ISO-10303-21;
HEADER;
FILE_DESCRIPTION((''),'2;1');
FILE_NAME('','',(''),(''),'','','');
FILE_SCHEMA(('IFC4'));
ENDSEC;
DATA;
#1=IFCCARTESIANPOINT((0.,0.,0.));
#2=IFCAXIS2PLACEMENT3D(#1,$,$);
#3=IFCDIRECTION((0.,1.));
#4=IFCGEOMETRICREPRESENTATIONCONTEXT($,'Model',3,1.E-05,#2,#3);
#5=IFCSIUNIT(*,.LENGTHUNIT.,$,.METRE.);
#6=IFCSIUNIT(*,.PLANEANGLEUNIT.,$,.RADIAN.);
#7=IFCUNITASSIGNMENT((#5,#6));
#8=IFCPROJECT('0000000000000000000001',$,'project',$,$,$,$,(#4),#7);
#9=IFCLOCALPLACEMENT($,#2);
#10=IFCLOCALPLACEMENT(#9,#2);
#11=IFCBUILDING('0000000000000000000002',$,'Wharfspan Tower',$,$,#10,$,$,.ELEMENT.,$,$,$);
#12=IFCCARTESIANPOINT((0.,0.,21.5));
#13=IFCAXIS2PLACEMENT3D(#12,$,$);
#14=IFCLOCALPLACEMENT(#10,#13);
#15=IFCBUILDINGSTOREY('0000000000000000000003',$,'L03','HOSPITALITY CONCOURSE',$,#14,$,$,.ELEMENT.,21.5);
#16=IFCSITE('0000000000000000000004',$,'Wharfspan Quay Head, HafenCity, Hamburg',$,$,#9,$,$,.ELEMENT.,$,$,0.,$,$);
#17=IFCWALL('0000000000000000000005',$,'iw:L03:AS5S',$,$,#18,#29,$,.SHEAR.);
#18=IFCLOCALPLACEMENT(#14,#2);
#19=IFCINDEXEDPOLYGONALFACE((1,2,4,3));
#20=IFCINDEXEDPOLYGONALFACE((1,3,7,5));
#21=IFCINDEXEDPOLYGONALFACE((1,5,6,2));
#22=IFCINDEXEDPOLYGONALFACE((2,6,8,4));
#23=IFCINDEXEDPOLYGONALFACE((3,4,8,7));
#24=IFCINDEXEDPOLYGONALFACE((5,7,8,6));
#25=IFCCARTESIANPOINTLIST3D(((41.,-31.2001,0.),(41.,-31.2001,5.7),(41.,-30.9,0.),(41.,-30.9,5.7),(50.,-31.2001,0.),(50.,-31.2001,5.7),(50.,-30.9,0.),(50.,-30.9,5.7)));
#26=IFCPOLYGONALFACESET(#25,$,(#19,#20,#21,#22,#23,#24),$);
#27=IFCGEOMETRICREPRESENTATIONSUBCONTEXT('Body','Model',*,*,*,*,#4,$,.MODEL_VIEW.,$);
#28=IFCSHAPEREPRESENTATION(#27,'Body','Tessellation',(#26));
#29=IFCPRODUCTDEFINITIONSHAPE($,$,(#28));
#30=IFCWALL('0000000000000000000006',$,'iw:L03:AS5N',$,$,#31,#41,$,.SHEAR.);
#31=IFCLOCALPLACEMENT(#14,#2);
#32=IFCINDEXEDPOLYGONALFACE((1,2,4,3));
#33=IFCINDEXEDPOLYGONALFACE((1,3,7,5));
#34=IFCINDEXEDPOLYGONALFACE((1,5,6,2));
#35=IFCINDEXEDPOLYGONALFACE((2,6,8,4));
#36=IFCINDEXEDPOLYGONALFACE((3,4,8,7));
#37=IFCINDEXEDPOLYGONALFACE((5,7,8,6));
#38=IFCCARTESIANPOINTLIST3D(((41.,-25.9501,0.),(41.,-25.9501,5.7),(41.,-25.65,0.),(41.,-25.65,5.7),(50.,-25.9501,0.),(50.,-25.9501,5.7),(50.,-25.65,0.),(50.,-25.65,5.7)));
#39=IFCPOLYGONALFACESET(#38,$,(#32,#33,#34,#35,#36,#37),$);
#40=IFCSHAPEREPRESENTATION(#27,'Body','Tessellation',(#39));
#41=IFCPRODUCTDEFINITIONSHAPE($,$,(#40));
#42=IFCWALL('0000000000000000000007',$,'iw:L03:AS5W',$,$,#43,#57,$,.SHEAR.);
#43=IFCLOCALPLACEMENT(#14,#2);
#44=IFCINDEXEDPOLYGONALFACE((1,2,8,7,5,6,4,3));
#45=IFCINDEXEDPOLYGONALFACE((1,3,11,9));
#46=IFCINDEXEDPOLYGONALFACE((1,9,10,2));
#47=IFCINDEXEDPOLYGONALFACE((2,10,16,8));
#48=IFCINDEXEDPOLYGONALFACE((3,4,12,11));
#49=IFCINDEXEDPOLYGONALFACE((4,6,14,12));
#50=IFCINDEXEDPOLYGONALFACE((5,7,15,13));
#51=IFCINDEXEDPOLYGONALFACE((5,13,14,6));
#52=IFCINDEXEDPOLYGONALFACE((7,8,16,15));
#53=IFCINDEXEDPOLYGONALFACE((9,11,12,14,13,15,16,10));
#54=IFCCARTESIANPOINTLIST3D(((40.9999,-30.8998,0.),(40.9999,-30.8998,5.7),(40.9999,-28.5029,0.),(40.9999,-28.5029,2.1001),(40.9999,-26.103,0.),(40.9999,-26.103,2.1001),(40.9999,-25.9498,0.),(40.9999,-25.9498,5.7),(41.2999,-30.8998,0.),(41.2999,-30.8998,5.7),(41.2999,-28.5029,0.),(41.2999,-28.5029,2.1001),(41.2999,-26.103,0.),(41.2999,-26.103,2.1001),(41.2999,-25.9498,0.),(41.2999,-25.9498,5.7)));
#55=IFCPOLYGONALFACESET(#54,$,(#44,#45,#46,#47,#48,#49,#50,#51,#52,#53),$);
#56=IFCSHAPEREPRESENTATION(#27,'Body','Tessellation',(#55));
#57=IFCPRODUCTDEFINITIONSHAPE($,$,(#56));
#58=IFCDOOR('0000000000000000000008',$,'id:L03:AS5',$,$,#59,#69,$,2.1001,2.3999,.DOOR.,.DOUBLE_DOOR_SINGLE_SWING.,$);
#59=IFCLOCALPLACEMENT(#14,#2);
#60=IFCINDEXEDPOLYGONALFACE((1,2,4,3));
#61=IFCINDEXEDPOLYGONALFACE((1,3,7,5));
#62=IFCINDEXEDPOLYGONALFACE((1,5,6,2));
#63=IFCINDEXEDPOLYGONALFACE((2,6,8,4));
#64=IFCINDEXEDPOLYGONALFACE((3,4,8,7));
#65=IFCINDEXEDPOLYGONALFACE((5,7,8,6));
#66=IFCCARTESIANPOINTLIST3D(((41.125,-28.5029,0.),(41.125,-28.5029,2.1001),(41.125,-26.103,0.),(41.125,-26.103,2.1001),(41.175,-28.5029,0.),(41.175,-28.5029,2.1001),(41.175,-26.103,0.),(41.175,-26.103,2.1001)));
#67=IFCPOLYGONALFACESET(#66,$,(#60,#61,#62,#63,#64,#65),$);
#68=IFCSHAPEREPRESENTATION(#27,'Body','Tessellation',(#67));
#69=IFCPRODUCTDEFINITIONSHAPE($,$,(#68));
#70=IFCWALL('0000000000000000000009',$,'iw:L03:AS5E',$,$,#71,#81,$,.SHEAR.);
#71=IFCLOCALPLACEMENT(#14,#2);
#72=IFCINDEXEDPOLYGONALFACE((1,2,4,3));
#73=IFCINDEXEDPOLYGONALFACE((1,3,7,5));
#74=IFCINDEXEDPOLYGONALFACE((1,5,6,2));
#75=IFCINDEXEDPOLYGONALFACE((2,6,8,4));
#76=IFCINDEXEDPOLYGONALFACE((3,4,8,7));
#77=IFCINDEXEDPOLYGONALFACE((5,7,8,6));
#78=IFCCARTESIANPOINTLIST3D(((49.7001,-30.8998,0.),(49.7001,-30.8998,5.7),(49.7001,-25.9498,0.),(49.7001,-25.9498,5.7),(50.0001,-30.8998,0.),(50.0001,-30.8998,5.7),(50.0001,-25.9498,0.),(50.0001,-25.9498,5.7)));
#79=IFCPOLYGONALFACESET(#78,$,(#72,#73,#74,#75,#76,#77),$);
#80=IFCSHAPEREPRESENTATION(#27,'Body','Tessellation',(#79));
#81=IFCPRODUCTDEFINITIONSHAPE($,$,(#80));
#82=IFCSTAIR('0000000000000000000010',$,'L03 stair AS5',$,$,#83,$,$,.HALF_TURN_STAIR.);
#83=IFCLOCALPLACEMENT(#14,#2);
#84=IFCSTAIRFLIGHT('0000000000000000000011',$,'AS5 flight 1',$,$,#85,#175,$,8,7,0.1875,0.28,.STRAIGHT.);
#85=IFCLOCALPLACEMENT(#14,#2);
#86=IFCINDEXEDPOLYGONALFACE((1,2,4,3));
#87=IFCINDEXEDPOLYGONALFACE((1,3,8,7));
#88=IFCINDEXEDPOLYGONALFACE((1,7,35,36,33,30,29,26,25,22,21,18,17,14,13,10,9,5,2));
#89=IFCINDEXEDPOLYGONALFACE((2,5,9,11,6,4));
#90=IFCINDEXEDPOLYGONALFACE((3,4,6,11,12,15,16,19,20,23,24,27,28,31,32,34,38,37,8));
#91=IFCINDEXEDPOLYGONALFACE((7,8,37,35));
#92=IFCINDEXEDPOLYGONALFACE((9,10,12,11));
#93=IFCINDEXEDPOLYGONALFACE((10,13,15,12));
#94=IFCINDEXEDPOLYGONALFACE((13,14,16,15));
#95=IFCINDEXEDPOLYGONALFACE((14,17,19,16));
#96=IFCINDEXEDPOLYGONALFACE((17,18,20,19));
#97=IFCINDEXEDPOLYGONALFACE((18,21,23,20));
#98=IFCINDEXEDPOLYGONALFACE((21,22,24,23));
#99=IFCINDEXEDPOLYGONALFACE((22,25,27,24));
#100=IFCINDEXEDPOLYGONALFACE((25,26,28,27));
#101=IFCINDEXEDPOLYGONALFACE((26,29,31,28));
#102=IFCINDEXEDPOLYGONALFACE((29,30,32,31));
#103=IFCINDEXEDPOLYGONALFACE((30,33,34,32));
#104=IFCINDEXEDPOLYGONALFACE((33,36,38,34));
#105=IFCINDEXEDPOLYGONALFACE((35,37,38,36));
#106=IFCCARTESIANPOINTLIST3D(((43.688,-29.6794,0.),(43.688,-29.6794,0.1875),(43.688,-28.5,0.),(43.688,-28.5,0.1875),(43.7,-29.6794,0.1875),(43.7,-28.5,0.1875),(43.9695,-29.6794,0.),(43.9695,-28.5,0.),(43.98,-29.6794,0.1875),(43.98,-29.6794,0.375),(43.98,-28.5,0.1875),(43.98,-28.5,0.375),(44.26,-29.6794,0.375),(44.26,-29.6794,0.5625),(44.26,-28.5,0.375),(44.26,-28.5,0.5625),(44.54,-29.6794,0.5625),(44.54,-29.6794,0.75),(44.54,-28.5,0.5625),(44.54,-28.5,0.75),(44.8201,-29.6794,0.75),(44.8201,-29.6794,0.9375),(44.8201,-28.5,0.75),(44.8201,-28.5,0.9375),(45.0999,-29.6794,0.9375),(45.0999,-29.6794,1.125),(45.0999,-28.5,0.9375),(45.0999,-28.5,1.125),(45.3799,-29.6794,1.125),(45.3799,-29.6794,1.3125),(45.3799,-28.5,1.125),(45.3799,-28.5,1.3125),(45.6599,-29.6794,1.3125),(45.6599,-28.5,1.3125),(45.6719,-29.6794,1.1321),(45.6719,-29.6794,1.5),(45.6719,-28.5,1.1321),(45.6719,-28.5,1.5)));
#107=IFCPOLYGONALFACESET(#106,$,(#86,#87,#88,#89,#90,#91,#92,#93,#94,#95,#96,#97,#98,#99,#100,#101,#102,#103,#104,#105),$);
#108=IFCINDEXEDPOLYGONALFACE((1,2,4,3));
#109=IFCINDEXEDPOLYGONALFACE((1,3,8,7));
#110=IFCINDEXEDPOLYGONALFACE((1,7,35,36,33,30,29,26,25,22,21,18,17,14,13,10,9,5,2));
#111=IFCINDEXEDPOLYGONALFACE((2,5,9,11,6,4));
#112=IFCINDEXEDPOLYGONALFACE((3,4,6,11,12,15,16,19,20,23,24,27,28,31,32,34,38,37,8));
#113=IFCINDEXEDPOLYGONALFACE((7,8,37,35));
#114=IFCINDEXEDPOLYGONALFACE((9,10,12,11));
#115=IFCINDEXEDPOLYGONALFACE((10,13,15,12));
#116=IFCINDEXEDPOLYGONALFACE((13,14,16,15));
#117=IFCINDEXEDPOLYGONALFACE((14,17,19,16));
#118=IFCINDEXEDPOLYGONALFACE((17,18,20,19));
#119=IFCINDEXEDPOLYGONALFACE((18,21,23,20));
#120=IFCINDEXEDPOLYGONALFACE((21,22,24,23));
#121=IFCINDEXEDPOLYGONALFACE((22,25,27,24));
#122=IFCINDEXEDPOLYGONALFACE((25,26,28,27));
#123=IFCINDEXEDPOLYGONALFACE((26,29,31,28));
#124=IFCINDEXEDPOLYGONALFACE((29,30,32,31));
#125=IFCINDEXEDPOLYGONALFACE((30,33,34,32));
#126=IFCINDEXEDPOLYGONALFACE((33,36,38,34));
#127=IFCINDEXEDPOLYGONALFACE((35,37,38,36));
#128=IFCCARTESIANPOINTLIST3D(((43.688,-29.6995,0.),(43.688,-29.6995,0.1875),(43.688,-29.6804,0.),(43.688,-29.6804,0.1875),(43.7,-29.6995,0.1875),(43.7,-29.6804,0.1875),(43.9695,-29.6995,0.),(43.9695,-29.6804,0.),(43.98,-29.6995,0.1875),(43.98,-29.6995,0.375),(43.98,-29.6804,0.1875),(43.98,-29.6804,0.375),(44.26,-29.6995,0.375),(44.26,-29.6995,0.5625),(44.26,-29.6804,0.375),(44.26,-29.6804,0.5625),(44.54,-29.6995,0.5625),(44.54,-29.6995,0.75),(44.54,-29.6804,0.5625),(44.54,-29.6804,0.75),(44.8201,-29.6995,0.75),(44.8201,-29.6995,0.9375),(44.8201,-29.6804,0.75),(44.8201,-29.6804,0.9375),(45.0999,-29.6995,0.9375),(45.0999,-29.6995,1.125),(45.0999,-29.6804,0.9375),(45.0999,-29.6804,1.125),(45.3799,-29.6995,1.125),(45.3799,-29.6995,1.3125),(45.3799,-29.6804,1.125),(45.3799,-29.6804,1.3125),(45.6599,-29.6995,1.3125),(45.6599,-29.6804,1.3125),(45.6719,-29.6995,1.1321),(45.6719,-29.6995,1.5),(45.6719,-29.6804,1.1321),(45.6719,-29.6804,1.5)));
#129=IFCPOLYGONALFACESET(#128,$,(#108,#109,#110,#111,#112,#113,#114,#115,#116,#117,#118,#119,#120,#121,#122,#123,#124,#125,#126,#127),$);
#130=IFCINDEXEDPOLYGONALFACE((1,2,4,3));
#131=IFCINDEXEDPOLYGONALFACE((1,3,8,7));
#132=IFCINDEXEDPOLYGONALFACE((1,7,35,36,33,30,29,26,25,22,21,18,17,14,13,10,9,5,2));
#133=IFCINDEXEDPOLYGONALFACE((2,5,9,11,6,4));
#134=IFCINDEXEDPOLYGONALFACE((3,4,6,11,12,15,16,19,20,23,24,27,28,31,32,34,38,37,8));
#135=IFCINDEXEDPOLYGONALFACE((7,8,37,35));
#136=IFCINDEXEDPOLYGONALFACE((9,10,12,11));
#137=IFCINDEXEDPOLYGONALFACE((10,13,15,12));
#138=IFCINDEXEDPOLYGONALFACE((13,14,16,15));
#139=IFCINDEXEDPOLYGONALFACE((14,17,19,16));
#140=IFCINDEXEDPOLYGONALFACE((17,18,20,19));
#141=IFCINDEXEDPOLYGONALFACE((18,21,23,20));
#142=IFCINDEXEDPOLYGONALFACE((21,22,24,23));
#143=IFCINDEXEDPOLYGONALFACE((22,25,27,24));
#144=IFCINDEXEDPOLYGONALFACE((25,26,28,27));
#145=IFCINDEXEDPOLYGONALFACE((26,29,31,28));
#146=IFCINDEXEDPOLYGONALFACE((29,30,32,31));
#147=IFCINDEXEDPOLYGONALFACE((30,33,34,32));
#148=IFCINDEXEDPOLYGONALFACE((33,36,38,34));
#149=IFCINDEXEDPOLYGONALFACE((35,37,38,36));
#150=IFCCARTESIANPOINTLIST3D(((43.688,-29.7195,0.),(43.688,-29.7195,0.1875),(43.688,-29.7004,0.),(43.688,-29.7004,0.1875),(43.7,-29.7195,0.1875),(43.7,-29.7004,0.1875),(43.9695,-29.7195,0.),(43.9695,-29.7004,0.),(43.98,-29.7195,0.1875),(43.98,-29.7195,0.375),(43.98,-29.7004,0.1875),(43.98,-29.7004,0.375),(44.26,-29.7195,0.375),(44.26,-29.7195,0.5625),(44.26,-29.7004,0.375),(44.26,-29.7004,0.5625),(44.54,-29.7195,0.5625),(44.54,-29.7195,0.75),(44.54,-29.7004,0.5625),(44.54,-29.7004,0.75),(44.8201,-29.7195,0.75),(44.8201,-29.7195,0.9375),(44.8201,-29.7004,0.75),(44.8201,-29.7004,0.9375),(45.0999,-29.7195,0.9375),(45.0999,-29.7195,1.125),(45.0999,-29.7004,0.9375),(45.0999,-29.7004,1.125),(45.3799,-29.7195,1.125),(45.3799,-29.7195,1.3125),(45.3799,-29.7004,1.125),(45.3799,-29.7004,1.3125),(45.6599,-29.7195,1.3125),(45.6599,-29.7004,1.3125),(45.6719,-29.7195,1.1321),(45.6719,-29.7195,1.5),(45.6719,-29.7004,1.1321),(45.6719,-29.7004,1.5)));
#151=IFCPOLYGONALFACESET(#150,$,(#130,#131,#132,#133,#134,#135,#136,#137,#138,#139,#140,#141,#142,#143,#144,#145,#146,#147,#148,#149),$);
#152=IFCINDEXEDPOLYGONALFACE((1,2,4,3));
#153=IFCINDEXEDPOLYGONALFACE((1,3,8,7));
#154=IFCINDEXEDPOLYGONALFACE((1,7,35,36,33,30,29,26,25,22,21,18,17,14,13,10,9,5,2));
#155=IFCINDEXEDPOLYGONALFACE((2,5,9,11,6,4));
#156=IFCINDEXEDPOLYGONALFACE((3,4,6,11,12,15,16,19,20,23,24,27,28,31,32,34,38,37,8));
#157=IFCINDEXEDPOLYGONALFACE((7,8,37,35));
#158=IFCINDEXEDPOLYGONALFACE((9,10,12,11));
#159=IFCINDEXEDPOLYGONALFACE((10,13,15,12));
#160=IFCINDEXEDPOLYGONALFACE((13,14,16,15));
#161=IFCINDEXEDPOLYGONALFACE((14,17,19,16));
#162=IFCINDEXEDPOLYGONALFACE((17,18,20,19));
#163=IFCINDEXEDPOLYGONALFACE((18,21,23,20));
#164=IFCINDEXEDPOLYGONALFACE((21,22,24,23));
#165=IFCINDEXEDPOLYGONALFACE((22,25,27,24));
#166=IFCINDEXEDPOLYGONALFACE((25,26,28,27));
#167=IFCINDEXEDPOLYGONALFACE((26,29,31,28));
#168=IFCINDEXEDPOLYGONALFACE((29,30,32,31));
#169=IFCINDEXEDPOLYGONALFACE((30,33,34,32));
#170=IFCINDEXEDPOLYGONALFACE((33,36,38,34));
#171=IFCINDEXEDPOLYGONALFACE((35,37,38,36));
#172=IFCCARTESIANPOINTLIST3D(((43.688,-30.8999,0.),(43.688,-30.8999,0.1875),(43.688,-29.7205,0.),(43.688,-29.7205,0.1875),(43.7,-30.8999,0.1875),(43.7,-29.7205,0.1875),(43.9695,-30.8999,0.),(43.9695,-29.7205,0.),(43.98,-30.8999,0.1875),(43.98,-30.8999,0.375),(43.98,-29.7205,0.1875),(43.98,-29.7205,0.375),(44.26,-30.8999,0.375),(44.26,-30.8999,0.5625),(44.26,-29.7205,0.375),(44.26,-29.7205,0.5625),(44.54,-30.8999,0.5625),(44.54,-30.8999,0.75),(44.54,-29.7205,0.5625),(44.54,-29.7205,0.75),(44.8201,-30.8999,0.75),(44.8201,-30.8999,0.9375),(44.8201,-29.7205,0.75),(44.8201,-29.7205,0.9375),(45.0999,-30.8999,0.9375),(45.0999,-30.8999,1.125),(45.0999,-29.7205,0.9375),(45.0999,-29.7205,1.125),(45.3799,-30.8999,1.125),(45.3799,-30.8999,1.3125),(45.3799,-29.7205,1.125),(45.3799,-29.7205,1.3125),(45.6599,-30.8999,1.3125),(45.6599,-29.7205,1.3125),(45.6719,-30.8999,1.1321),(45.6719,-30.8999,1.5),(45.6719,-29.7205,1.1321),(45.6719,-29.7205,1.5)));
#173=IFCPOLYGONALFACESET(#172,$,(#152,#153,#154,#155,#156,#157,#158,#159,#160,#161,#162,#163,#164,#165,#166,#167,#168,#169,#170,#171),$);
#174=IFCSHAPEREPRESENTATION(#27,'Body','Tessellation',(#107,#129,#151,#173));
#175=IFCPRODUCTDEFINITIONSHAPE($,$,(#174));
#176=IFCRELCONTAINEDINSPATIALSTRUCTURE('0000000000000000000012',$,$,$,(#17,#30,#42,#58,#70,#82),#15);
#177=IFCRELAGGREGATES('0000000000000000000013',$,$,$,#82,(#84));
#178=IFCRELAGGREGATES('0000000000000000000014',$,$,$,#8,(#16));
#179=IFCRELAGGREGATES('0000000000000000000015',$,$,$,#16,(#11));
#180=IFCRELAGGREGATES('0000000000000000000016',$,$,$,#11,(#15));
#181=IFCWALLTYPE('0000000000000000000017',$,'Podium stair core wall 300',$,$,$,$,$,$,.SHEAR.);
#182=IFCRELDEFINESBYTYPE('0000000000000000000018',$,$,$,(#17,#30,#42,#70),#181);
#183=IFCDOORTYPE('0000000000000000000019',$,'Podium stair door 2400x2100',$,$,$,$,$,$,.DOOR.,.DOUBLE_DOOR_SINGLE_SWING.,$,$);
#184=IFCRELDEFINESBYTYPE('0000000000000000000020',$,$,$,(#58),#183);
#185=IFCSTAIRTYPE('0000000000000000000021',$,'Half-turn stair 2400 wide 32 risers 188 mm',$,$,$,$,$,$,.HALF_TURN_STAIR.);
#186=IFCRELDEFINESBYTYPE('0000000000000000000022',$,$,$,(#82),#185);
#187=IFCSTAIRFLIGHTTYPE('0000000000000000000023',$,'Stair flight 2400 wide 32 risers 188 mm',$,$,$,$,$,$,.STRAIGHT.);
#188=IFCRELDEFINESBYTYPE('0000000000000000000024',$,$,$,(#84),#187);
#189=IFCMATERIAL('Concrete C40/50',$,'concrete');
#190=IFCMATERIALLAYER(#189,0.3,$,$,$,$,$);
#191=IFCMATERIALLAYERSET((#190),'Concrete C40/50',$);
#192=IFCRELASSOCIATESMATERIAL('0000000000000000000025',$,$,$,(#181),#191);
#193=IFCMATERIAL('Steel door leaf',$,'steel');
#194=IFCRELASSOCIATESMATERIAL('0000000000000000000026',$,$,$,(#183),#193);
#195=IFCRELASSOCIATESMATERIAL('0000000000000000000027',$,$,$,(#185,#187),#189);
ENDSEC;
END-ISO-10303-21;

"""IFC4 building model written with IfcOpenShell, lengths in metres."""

from ifc_helpers import new_model, si_unit, direction, frame, frame_2d, origin, place, context, subcontext, project, spatial, polyline, rectangle, outline, extrude, material, layer, layer_set, type_object, element, fill, aggregate, save


model = new_model("IFC4")

# Units and contexts
model_context = context("Model", 3, precision=1e-05, world=origin(), true_north=direction((0.0, 1.0)))
body_context = subcontext(model_context, "Body", "Model", "MODEL_VIEW")
ifc_project = project(units=[si_unit("LENGTHUNIT", "METRE"), si_unit("PLANEANGLEUNIT", "RADIAN")], contexts=[model_context])

# Site, building, storey
site_placement = place(None, origin())
site = spatial("IfcSite", under=ifc_project, at=site_placement, Name="Wharfspan Quay Head, HafenCity, Hamburg", CompositionType="ELEMENT", RefElevation=0.0)
building_placement = place(site_placement, origin())
building = spatial("IfcBuilding", under=site, at=building_placement, Name="Wharfspan Tower", CompositionType="ELEMENT")
storey_placement = place(building_placement, frame((0.0, 0.0, 21.5)))
storey = spatial("IfcBuildingStorey", under=building, at=storey_placement, Name="L03", Description="HOSPITALITY CONCOURSE", CompositionType="ELEMENT", Elevation=21.5)

# Walls
ifc_material_1 = material(Name="Concrete C40/50", Category="concrete")
ifc_layer_1 = layer(ifc_material_1, 0.3)
ifc_layer_set_1 = layer_set([ifc_layer_1], Name="Concrete C40/50")
wall_type_1 = type_object("IfcWallType", Name="Podium stair core wall 300", PredefinedType="SHEAR", material=ifc_layer_set_1)
for number, where, z_axis, x_axis, name in (
    (1, (41.0, -31.05, 0.0), (0.0, 0.0, 1.0), (1.0, 0.0, 0.0), "iw:L03:AS5S"),
    (2, (41.0, -25.8, 0.0), (0.0, 0.0, 1.0), (1.0, 0.0, 0.0), "iw:L03:AS5N"),
):
    element("IfcWall", number, at=place(storey_placement, frame(where, z_axis=z_axis, x_axis=x_axis)), inside=storey, type_object=wall_type_1, Name=name, PredefinedType="SHEAR", context=body_context, shape_type="SweptSolid", body=[
        extrude(rectangle(XDim=9.0, YDim=0.3, at=frame_2d((4.5, 0.0))), origin(), (0.0, 0.0, 1.0), 5.7),
    ])

# Wall, opening, door
wall_1_placement = place(storey_placement, frame((41.1499, -30.8999, 0.0), z_axis=(0.0, 0.0, 1.0), x_axis=(0.0, 1.0, 0.0)))
wall_1 = element("IfcWall", 3, at=wall_1_placement, inside=storey, type_object=wall_type_1, Name="iw:L03:AS5W", PredefinedType="SHEAR", context=body_context, shape_type="SweptSolid", body=[
    extrude(rectangle(XDim=4.95, YDim=0.3, at=frame_2d((2.4751, 0.0))), origin(), (0.0, 0.0, 1.0), 5.7),
])
opening_placement = place(wall_1_placement, frame((2.397, 0.0, 0.0)))
opening = element("IfcOpeningElement", 4, at=opening_placement, cuts=wall_1, PredefinedType="OPENING", context=body_context, shape_type="SweptSolid", body=[
    extrude(rectangle(XDim=2.3999, YDim=2.1001, at=frame_2d((1.2, 1.05))), frame((0.0, 0.1599, 0.0), z_axis=(0.0, -1.0, 0.0), x_axis=(1.0, 0.0, 0.0)), (0.0, 0.0, 1.0), 0.3201),
])
ifc_material_2 = material(Name="Steel door leaf", Category="steel")
door_type = type_object("IfcDoorType", Name="Podium stair door 2400x2100", OperationType="DOUBLE_DOOR_SINGLE_SWING", PredefinedType="DOOR", material=ifc_material_2)
door_placement = place(opening_placement, origin())
door = element("IfcDoor", 5, at=door_placement, inside=storey, type_object=door_type, Name="id:L03:AS5", OperationType="DOUBLE_DOOR_SINGLE_SWING", OverallHeight=2.1001, OverallWidth=2.3999, PredefinedType="DOOR", context=body_context, shape_type="SweptSolid", body=[
    extrude(rectangle(XDim=2.3999, YDim=2.1001, at=frame_2d((1.2, 1.05))), frame((0.0, 0.0249, 0.0), z_axis=(0.0, -1.0, 0.0), x_axis=(1.0, 0.0, 0.0)), (0.0, 0.0, 1.0), 0.05),
])
fill(opening, door)

# Wall
wall_2_placement = place(storey_placement, frame((49.8501, -30.8999, 0.0), z_axis=(0.0, 0.0, 1.0), x_axis=(0.0, 1.0, 0.0)))
element("IfcWall", 6, at=wall_2_placement, inside=storey, type_object=wall_type_1, Name="iw:L03:AS5E", PredefinedType="SHEAR", context=body_context, shape_type="SweptSolid", body=[
    extrude(rectangle(XDim=4.95, YDim=0.3, at=frame_2d((2.4751, 0.0))), origin(), (0.0, 0.0, 1.0), 5.7),
])

# Stair, stair flight
stair_type = type_object("IfcStairType", Name="Half-turn stair 2400 wide 32 risers 188 mm", PredefinedType="HALF_TURN_STAIR", material=ifc_material_1)
stair_placement = place(storey_placement, origin())
stair = element("IfcStair", 7, at=stair_placement, inside=storey, type_object=stair_type, Name="L03 stair AS5", PredefinedType="HALF_TURN_STAIR")
stair_flight_type = type_object("IfcStairFlightType", Name="Stair flight 2400 wide 32 risers 188 mm", PredefinedType="STRAIGHT", material=ifc_material_1)
stair_flight_1_placement = place(storey_placement, frame((43.7, -29.7, 0.0), z_axis=(0.0, 0.0, 1.0), x_axis=(1.0, 0.0, 0.0)))
stair_flight_1 = element("IfcStairFlight", 8, at=stair_flight_1_placement, type_object=stair_flight_type, Name="AS5 flight 1", NumberOfRisers=8, NumberOfTreads=7, PredefinedType="STRAIGHT", RiserHeight=0.1875, TreadLength=0.28, context=body_context, shape_type="SweptSolid", body=[
    extrude(outline(polyline([(-0.012, 0.0), (-0.012, 0.1875), (0.0, 0.1875), (0.28, 0.1875), (0.28, 0.375), (0.5601, 0.375), (0.5601, 0.5625), (0.8401, 0.5625), (0.8401, 0.75), (1.1201, 0.75), (1.1201, 0.9375), (1.3999, 0.9375), (1.3999, 1.125), (1.6799, 1.125), (1.6799, 1.3125), (1.96, 1.3125), (1.9719, 1.5), (1.9719, 1.1321), (0.2695, 0.0), (-0.012, 0.0)])), frame((0.0, 1.2, 0.0), z_axis=(0.0, -1.0, 0.0), x_axis=(1.0, 0.0, 0.0)), (0.0, 0.0, 1.0), 1.1794),
    extrude(outline(polyline([(-0.012, 0.0), (-0.012, 0.1875), (0.0, 0.1875), (0.28, 0.1875), (0.28, 0.375), (0.5601, 0.375), (0.5601, 0.5625), (0.8401, 0.5625), (0.8401, 0.75), (1.1201, 0.75), (1.1201, 0.9375), (1.3999, 0.9375), (1.3999, 1.125), (1.6799, 1.125), (1.6799, 1.3125), (1.96, 1.3125), (1.9719, 1.5), (1.9719, 1.1321), (0.2695, 0.0), (-0.012, 0.0)])), frame((0.0, 0.0195, 0.0), z_axis=(0.0, -1.0, 0.0), x_axis=(1.0, 0.0, 0.0)), (0.0, 0.0, 1.0), 0.019),
    extrude(outline(polyline([(-0.012, 0.0), (-0.012, 0.1875), (0.0, 0.1875), (0.28, 0.1875), (0.28, 0.375), (0.5601, 0.375), (0.5601, 0.5625), (0.8401, 0.5625), (0.8401, 0.75), (1.1201, 0.75), (1.1201, 0.9375), (1.3999, 0.9375), (1.3999, 1.125), (1.6799, 1.125), (1.6799, 1.3125), (1.96, 1.3125), (1.9719, 1.5), (1.9719, 1.1321), (0.2695, 0.0), (-0.012, 0.0)])), frame((0.0, -0.0005, 0.0), z_axis=(0.0, -1.0, 0.0), x_axis=(1.0, 0.0, 0.0)), (0.0, 0.0, 1.0), 0.019),
    extrude(outline(polyline([(-0.012, 0.0), (-0.012, 0.1875), (0.0, 0.1875), (0.28, 0.1875), (0.28, 0.375), (0.5601, 0.375), (0.5601, 0.5625), (0.8401, 0.5625), (0.8401, 0.75), (1.1201, 0.75), (1.1201, 0.9375), (1.3999, 0.9375), (1.3999, 1.125), (1.6799, 1.125), (1.6799, 1.3125), (1.96, 1.3125), (1.9719, 1.5), (1.9719, 1.1321), (0.2695, 0.0), (-0.012, 0.0)])), frame((0.0, -0.0205, 0.0), z_axis=(0.0, -1.0, 0.0), x_axis=(1.0, 0.0, 0.0)), (0.0, 0.0, 1.0), 1.1794),
])
aggregate(stair, [stair_flight_1])

save(model, "model.ifc")
